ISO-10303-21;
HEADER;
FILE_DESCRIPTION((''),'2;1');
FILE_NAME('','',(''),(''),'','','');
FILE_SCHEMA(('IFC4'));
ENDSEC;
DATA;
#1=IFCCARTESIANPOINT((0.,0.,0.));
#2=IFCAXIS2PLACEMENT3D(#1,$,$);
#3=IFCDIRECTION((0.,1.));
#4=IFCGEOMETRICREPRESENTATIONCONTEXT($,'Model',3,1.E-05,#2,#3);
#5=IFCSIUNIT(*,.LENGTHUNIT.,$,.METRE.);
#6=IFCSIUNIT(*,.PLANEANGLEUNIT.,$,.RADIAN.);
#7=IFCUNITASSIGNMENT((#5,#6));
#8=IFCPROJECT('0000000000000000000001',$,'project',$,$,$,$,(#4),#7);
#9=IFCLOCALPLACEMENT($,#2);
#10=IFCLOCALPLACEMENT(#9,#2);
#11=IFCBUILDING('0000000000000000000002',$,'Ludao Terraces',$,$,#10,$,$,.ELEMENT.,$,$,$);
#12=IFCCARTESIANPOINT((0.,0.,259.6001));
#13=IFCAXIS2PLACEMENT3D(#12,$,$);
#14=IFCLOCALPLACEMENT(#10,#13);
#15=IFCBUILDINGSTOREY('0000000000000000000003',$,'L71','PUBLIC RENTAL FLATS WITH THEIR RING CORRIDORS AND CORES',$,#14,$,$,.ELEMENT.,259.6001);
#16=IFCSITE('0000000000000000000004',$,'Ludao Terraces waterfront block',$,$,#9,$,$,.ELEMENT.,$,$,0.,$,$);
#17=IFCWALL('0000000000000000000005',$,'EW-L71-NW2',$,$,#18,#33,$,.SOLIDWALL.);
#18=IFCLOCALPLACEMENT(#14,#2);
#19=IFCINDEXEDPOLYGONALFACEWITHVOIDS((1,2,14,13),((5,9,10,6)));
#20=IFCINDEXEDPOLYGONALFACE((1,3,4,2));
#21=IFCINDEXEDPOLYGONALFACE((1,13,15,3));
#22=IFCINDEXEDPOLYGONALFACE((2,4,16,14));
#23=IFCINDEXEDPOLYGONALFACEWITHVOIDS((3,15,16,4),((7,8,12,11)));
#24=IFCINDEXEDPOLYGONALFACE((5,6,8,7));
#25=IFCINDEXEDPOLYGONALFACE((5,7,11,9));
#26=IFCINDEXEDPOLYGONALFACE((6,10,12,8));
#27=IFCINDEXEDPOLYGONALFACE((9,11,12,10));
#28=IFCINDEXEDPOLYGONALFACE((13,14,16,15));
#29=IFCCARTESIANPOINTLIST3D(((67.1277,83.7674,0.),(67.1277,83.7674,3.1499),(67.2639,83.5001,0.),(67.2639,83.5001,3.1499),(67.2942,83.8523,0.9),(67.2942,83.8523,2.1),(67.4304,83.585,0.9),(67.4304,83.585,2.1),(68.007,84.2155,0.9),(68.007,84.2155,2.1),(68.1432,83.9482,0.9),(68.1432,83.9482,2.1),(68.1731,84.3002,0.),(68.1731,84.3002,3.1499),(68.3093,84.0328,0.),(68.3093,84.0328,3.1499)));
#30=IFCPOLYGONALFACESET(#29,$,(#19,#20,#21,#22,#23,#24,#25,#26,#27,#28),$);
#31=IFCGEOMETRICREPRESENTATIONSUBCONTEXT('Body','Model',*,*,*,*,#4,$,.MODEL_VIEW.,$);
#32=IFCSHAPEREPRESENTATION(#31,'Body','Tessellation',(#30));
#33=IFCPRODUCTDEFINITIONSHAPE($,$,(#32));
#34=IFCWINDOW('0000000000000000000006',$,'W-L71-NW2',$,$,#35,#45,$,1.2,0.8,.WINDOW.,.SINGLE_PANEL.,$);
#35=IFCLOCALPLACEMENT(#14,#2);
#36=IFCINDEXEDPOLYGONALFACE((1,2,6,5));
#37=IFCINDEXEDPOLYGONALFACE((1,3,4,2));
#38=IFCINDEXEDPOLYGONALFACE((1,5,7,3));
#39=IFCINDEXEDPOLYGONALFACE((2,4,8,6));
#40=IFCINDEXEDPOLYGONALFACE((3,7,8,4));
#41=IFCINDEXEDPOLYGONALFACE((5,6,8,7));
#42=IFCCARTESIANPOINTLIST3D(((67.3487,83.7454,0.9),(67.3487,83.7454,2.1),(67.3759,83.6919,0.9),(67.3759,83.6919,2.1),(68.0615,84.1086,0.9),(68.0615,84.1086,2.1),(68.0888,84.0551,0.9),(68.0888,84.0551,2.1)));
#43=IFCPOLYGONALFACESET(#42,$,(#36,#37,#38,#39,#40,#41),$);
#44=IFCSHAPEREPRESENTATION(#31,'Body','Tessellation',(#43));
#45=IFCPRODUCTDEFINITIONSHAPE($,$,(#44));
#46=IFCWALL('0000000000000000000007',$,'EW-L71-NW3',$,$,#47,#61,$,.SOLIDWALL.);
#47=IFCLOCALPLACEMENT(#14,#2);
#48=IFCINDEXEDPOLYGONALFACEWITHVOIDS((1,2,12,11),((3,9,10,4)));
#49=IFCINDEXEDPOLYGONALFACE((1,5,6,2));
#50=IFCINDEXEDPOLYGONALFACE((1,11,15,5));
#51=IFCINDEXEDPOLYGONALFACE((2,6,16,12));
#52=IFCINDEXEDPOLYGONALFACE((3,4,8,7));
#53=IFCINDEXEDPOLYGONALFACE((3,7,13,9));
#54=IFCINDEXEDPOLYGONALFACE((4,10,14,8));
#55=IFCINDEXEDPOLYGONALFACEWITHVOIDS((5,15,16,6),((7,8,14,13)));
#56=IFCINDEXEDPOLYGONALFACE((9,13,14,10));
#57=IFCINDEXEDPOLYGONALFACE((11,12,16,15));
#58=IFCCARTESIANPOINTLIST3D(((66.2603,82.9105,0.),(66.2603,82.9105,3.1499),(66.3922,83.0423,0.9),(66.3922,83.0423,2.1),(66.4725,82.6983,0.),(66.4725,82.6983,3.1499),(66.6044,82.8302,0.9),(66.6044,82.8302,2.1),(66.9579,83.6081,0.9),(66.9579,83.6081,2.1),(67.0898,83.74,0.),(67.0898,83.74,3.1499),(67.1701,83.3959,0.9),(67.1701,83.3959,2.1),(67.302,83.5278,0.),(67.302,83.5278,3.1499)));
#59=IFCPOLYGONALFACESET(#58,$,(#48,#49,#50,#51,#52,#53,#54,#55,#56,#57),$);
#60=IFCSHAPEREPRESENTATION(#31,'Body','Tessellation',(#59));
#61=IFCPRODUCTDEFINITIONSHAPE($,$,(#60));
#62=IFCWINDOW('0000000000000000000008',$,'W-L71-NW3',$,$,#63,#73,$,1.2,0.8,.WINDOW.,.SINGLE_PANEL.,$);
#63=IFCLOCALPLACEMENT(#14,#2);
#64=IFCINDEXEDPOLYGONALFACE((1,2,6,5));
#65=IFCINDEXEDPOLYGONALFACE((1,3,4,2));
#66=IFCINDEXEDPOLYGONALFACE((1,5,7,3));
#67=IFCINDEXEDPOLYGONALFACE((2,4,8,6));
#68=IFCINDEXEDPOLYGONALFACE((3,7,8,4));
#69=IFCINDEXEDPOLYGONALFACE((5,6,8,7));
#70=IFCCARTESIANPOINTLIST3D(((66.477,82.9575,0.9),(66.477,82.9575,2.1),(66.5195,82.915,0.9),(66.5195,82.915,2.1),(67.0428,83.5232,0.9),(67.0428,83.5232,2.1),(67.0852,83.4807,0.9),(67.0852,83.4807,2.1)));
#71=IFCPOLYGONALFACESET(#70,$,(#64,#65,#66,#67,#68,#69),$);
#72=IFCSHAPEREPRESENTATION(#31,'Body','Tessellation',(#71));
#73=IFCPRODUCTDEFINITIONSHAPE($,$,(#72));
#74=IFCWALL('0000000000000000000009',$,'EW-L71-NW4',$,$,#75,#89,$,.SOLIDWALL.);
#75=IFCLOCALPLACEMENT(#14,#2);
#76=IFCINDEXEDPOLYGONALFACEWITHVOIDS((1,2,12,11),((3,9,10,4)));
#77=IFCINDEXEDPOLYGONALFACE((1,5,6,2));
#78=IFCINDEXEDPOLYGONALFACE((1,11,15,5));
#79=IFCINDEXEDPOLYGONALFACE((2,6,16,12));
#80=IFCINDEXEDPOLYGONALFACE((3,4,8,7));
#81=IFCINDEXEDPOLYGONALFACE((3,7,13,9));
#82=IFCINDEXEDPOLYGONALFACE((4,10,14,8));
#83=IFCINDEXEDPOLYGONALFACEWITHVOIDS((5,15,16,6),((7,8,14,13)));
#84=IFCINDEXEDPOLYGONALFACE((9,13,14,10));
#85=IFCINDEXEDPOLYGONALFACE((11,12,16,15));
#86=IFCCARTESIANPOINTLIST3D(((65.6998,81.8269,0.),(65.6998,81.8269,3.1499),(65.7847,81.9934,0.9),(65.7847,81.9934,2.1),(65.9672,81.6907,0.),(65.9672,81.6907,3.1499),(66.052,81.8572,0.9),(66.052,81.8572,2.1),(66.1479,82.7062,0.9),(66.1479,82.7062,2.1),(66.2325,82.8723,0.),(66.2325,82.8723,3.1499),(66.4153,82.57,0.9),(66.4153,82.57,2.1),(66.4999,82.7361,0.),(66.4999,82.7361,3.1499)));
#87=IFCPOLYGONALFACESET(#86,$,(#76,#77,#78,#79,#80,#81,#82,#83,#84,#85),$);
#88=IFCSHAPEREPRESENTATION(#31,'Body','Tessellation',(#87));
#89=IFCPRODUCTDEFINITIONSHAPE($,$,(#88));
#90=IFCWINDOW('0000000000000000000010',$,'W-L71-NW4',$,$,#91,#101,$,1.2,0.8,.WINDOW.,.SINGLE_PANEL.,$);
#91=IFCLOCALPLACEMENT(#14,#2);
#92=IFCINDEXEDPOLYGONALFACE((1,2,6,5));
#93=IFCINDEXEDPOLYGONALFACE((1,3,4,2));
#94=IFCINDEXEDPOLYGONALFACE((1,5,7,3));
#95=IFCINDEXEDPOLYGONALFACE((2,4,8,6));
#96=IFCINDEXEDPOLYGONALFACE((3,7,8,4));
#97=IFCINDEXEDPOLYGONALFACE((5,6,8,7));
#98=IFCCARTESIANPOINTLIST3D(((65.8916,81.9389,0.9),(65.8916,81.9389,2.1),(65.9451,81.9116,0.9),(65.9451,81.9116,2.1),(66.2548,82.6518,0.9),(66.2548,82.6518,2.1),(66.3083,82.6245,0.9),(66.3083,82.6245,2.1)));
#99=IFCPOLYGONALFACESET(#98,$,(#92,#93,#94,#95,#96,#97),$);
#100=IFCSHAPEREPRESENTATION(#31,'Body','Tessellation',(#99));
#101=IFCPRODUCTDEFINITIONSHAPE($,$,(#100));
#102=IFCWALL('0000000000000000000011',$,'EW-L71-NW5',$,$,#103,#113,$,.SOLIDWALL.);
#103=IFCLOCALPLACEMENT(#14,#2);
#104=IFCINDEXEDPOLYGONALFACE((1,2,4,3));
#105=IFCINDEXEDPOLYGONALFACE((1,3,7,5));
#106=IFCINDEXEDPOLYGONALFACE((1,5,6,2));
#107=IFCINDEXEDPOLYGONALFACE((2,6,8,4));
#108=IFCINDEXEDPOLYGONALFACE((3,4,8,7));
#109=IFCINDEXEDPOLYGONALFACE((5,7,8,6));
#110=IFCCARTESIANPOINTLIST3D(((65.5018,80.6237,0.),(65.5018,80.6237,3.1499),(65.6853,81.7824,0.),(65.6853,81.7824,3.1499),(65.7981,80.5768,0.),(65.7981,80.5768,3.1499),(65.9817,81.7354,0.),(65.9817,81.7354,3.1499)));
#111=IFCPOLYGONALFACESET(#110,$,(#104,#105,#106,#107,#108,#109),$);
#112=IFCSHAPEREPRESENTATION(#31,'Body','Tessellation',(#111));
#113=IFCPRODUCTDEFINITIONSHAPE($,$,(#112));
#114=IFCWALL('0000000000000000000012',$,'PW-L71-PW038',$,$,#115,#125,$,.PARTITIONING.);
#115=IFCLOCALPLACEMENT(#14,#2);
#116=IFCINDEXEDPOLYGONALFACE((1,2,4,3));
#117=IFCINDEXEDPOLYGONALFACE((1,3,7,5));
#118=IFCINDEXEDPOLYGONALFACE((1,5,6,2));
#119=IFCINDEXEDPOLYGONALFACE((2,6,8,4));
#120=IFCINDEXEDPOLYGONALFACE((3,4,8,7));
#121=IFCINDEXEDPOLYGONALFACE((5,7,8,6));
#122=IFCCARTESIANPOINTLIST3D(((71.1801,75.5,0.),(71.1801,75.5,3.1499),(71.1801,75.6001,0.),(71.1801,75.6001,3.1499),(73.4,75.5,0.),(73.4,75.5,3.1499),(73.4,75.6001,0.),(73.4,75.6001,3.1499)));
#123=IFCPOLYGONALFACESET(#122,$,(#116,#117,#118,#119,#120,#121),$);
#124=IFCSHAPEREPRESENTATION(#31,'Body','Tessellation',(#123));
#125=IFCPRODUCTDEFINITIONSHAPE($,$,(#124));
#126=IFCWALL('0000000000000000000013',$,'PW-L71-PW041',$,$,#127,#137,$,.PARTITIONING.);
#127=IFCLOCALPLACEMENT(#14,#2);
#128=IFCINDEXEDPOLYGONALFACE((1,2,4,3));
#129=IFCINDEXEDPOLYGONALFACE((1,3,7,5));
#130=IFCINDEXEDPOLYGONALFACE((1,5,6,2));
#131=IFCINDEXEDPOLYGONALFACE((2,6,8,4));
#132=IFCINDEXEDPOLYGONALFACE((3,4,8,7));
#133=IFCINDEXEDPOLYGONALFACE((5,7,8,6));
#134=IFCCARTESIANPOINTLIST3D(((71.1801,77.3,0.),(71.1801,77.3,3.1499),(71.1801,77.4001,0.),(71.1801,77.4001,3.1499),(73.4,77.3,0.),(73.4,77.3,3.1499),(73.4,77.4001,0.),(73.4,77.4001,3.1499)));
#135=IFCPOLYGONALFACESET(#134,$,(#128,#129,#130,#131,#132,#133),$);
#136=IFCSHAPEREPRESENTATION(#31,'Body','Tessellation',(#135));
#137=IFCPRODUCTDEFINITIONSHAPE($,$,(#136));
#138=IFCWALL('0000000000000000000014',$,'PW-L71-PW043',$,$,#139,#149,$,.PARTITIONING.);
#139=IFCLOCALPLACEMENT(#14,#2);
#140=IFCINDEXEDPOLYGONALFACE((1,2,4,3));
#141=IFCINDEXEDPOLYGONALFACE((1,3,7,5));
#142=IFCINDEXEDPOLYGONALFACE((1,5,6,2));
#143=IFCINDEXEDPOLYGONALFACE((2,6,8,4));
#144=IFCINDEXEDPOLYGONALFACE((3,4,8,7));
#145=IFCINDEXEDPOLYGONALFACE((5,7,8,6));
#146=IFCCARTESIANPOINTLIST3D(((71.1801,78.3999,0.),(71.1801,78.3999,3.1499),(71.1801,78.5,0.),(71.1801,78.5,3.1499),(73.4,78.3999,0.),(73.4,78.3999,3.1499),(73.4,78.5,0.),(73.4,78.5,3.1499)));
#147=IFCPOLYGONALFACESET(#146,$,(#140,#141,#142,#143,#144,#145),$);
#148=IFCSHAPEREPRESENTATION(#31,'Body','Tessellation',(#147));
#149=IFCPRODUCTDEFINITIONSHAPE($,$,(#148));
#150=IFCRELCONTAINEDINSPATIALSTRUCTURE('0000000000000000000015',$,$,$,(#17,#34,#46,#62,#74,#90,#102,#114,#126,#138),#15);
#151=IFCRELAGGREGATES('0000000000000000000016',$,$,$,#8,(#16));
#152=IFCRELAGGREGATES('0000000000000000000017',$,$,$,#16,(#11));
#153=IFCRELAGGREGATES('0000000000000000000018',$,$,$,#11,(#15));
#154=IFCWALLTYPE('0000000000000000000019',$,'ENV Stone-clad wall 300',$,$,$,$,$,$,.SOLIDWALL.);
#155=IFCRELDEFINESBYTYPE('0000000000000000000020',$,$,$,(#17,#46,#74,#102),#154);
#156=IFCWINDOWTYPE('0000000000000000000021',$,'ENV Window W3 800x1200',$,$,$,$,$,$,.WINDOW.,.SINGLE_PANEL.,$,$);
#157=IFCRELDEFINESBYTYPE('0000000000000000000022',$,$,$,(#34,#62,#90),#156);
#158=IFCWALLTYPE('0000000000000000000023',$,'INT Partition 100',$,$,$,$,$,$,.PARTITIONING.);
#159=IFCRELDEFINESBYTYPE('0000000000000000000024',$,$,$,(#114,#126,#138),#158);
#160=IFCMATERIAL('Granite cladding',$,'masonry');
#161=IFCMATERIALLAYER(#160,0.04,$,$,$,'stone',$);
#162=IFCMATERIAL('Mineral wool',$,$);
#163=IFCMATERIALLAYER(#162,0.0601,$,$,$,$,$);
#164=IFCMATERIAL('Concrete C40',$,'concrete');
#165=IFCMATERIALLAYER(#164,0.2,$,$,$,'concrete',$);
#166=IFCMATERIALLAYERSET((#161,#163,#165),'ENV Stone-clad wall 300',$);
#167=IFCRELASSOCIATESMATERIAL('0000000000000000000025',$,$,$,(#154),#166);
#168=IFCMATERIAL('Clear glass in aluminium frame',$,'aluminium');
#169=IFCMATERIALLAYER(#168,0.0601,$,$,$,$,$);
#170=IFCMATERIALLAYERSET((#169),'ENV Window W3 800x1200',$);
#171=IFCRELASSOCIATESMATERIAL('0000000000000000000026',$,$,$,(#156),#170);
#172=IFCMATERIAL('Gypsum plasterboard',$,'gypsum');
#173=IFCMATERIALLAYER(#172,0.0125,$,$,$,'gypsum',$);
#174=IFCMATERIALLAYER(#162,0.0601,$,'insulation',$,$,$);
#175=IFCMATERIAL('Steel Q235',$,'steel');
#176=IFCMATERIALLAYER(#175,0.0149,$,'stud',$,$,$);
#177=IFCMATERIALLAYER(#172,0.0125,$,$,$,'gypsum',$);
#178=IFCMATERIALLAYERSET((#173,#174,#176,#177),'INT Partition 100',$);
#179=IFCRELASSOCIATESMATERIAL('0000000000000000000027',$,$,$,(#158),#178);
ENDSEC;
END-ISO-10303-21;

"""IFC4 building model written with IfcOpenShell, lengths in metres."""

from ifc_helpers import new_model, si_unit, direction, frame, frame_2d, origin, place, context, subcontext, project, spatial, rectangle, extrude, material, layer, layer_set, type_object, element, fill, save


model = new_model("IFC4")

# Units and contexts
model_context = context("Model", 3, precision=1e-05, world=origin(), true_north=direction((0.0, 1.0)))
body_context = subcontext(model_context, "Body", "Model", "MODEL_VIEW")
ifc_project = project(units=[si_unit("LENGTHUNIT", "METRE"), si_unit("PLANEANGLEUNIT", "RADIAN")], contexts=[model_context])

# Site, building, storey
site_placement = place(None, origin())
site = spatial("IfcSite", under=ifc_project, at=site_placement, Name="Ludao Terraces waterfront block", CompositionType="ELEMENT", RefElevation=0.0)
building_placement = place(site_placement, origin())
building = spatial("IfcBuilding", under=site, at=building_placement, Name="Ludao Terraces", CompositionType="ELEMENT")
storey_placement = place(building_placement, frame((0.0, 0.0, 259.6001)))
storey = spatial("IfcBuildingStorey", under=building, at=storey_placement, Name="L71", Description="PUBLIC RENTAL FLATS WITH THEIR RING CORRIDORS AND CORES", CompositionType="ELEMENT", Elevation=259.6001)

# Shared definitions
ifc_material_1 = material(Name="Concrete C40", Category="concrete")

# Shared definitions
ifc_material_2 = material(Name="Granite cladding", Category="masonry")
ifc_layer_1 = layer(ifc_material_2, 0.04, Category="stone")
ifc_material_3 = material(Name="Mineral wool")
ifc_layer_2 = layer(ifc_material_3, 0.0601)
ifc_layer_3 = layer(ifc_material_1, 0.2, Category="concrete")
ifc_layer_set_1 = layer_set([ifc_layer_1, ifc_layer_2, ifc_layer_3], Name="ENV Stone-clad wall 300")
wall_type_1 = type_object("IfcWallType", Name="ENV Stone-clad wall 300", PredefinedType="SOLIDWALL", material=ifc_layer_set_1)
ifc_material_4 = material(Name="Clear glass in aluminium frame", Category="aluminium")

# Walls, openings, windows
wall_1_placement = place(storey_placement, frame((68.2412, 84.1665, 0.0), z_axis=(0.0, 0.0, 1.0), x_axis=(-0.890989, -0.454026, 0.0)))
wall_1 = element("IfcWall", 1, at=wall_1_placement, inside=storey, type_object=wall_type_1, Name="EW-L71-NW2", PredefinedType="SOLIDWALL", context=body_context, shape_type="SweptSolid", body=[
    extrude(rectangle(XDim=1.1733, YDim=0.3, at=frame_2d((0.5867, 0.0))), origin(), (0.0, 0.0, 1.0), 3.1499),
])
opening_1_placement = place(wall_1_placement, frame((0.1865, 0.0, 0.8999)))
opening_1 = element("IfcOpeningElement", 2, at=opening_1_placement, cuts=wall_1, PredefinedType="OPENING", context=body_context, shape_type="SweptSolid", body=[
    extrude(rectangle(XDim=0.8, YDim=1.2, at=frame_2d((0.3999, 0.6001))), frame((0.0, 0.1602, 0.0), z_axis=(0.0, -1.0, 0.0), x_axis=(1.0, 0.0, 0.0)), (0.0, 0.0, 1.0), 0.3201),
])
ifc_layer_4 = layer(ifc_material_4, 0.0601)
ifc_layer_set_2 = layer_set([ifc_layer_4], Name="ENV Window W3 800x1200")
window_type_1 = type_object("IfcWindowType", Name="ENV Window W3 800x1200", PartitioningType="SINGLE_PANEL", PredefinedType="WINDOW", material=ifc_layer_set_2)
window_1_placement = place(opening_1_placement, origin())
window_1 = element("IfcWindow", 3, at=window_1_placement, inside=storey, type_object=window_type_1, Name="W-L71-NW2", OverallHeight=1.2, OverallWidth=0.8, PartitioningType="SINGLE_PANEL", PredefinedType="WINDOW", context=body_context, shape_type="SweptSolid", body=[
    extrude(rectangle(XDim=0.8, YDim=1.2, at=frame_2d((0.3999, 0.6001))), frame((0.0, 0.03, 0.0), z_axis=(0.0, -1.0, 0.0), x_axis=(1.0, 0.0, 0.0)), (0.0, 0.0, 1.0), 0.0601),
])
fill(opening_1, window_1)
wall_2_placement = place(storey_placement, frame((67.1958, 83.6338, 0.0), z_axis=(0.0, 0.0, 1.0), x_axis=(-0.707107, -0.707107, 0.0)))
wall_2 = element("IfcWall", 4, at=wall_2_placement, inside=storey, type_object=wall_type_1, Name="EW-L71-NW3", PredefinedType="SOLIDWALL", context=body_context, shape_type="SweptSolid", body=[
    extrude(rectangle(XDim=1.1731, YDim=0.3, at=frame_2d((0.5864, 0.0))), origin(), (0.0, 0.0, 1.0), 3.1499),
])
opening_2_placement = place(wall_2_placement, frame((0.1865, 0.0, 0.8999)))
opening_2 = element("IfcOpeningElement", 5, at=opening_2_placement, cuts=wall_2, PredefinedType="OPENING", context=body_context, shape_type="SweptSolid", body=[
    extrude(rectangle(XDim=0.8, YDim=1.2, at=frame_2d((0.3999, 0.6001))), frame((0.0, 0.1602, 0.0), z_axis=(0.0, -1.0, 0.0), x_axis=(1.0, 0.0, 0.0)), (0.0, 0.0, 1.0), 0.3201),
])
window_2_placement = place(opening_2_placement, origin())
window_2 = element("IfcWindow", 6, at=window_2_placement, inside=storey, type_object=window_type_1, Name="W-L71-NW3", OverallHeight=1.2, OverallWidth=0.8, PartitioningType="SINGLE_PANEL", PredefinedType="WINDOW", context=body_context, shape_type="SweptSolid", body=[
    extrude(rectangle(XDim=0.8, YDim=1.2, at=frame_2d((0.3999, 0.6001))), frame((0.0, 0.03, 0.0), z_axis=(0.0, -1.0, 0.0), x_axis=(1.0, 0.0, 0.0)), (0.0, 0.0, 1.0), 0.0601),
])
fill(opening_2, window_2)
wall_3_placement = place(storey_placement, frame((66.3662, 82.8042, 0.0), z_axis=(0.0, 0.0, 1.0), x_axis=(-0.454026, -0.890989, 0.0)))
wall_3 = element("IfcWall", 7, at=wall_3_placement, inside=storey, type_object=wall_type_1, Name="EW-L71-NW4", PredefinedType="SOLIDWALL", context=body_context, shape_type="SweptSolid", body=[
    extrude(rectangle(XDim=1.1733, YDim=0.3, at=frame_2d((0.5867, 0.0))), origin(), (0.0, 0.0, 1.0), 3.1499),
])
opening_3_placement = place(wall_3_placement, frame((0.1865, 0.0, 0.8999)))
opening_3 = element("IfcOpeningElement", 8, at=opening_3_placement, cuts=wall_3, PredefinedType="OPENING", context=body_context, shape_type="SweptSolid", body=[
    extrude(rectangle(XDim=0.8, YDim=1.2, at=frame_2d((0.3999, 0.6001))), frame((0.0, 0.1602, 0.0), z_axis=(0.0, -1.0, 0.0), x_axis=(1.0, 0.0, 0.0)), (0.0, 0.0, 1.0), 0.3201),
])
window_3_placement = place(opening_3_placement, origin())
window_3 = element("IfcWindow", 9, at=window_3_placement, inside=storey, type_object=window_type_1, Name="W-L71-NW4", OverallHeight=1.2, OverallWidth=0.8, PartitioningType="SINGLE_PANEL", PredefinedType="WINDOW", context=body_context, shape_type="SweptSolid", body=[
    extrude(rectangle(XDim=0.8, YDim=1.2, at=frame_2d((0.3999, 0.6001))), frame((0.0, 0.03, 0.0), z_axis=(0.0, -1.0, 0.0), x_axis=(1.0, 0.0, 0.0)), (0.0, 0.0, 1.0), 0.0601),
])
fill(opening_3, window_3)

# Walls
wall_4_placement = place(storey_placement, frame((65.8335, 81.7588, 0.0), z_axis=(0.0, 0.0, 1.0), x_axis=(-0.156497, -0.987678, 0.0)))
element("IfcWall", 10, at=wall_4_placement, inside=storey, type_object=wall_type_1, Name="EW-L71-NW5", PredefinedType="SOLIDWALL", context=body_context, shape_type="SweptSolid", body=[
    extrude(rectangle(XDim=1.1731, YDim=0.3, at=frame_2d((0.5864, 0.0))), origin(), (0.0, 0.0, 1.0), 3.1499),
])
ifc_material_5 = material(Name="Gypsum plasterboard", Category="gypsum")
ifc_layer_5 = layer(ifc_material_5, 0.0125, Category="gypsum")
ifc_layer_6 = layer(ifc_material_3, 0.0601, Name="insulation")
ifc_material_6 = material(Name="Steel Q235", Category="steel")
ifc_layer_7 = layer(ifc_material_6, 0.0149, Name="stud")
ifc_layer_8 = layer(ifc_material_5, 0.0125, Category="gypsum")
ifc_layer_set_3 = layer_set([ifc_layer_5, ifc_layer_6, ifc_layer_7, ifc_layer_8], Name="INT Partition 100")
wall_type_2 = type_object("IfcWallType", Name="INT Partition 100", PredefinedType="PARTITIONING", material=ifc_layer_set_3)
for number, where, z_axis, x_axis, name in (
    (11, (71.1802, 75.55, 0.0), (0.0, 0.0, 1.0), (1.0, 0.0, 0.0), "PW-L71-PW038"),
    (12, (71.1802, 77.3501, 0.0), (0.0, 0.0, 1.0), (1.0, 0.0, 0.0), "PW-L71-PW041"),
    (13, (71.1802, 78.45, 0.0), (0.0, 0.0, 1.0), (1.0, 0.0, 0.0), "PW-L71-PW043"),
):
    element("IfcWall", number, at=place(storey_placement, frame(where, z_axis=z_axis, x_axis=x_axis)), inside=storey, type_object=wall_type_2, Name=name, PredefinedType="PARTITIONING", context=body_context, shape_type="SweptSolid", body=[
        extrude(rectangle(XDim=2.22, YDim=0.1001, at=frame_2d((1.1099, 0.0))), origin(), (0.0, 0.0, 1.0), 3.1499),
    ])

save(model, "model.ifc")
